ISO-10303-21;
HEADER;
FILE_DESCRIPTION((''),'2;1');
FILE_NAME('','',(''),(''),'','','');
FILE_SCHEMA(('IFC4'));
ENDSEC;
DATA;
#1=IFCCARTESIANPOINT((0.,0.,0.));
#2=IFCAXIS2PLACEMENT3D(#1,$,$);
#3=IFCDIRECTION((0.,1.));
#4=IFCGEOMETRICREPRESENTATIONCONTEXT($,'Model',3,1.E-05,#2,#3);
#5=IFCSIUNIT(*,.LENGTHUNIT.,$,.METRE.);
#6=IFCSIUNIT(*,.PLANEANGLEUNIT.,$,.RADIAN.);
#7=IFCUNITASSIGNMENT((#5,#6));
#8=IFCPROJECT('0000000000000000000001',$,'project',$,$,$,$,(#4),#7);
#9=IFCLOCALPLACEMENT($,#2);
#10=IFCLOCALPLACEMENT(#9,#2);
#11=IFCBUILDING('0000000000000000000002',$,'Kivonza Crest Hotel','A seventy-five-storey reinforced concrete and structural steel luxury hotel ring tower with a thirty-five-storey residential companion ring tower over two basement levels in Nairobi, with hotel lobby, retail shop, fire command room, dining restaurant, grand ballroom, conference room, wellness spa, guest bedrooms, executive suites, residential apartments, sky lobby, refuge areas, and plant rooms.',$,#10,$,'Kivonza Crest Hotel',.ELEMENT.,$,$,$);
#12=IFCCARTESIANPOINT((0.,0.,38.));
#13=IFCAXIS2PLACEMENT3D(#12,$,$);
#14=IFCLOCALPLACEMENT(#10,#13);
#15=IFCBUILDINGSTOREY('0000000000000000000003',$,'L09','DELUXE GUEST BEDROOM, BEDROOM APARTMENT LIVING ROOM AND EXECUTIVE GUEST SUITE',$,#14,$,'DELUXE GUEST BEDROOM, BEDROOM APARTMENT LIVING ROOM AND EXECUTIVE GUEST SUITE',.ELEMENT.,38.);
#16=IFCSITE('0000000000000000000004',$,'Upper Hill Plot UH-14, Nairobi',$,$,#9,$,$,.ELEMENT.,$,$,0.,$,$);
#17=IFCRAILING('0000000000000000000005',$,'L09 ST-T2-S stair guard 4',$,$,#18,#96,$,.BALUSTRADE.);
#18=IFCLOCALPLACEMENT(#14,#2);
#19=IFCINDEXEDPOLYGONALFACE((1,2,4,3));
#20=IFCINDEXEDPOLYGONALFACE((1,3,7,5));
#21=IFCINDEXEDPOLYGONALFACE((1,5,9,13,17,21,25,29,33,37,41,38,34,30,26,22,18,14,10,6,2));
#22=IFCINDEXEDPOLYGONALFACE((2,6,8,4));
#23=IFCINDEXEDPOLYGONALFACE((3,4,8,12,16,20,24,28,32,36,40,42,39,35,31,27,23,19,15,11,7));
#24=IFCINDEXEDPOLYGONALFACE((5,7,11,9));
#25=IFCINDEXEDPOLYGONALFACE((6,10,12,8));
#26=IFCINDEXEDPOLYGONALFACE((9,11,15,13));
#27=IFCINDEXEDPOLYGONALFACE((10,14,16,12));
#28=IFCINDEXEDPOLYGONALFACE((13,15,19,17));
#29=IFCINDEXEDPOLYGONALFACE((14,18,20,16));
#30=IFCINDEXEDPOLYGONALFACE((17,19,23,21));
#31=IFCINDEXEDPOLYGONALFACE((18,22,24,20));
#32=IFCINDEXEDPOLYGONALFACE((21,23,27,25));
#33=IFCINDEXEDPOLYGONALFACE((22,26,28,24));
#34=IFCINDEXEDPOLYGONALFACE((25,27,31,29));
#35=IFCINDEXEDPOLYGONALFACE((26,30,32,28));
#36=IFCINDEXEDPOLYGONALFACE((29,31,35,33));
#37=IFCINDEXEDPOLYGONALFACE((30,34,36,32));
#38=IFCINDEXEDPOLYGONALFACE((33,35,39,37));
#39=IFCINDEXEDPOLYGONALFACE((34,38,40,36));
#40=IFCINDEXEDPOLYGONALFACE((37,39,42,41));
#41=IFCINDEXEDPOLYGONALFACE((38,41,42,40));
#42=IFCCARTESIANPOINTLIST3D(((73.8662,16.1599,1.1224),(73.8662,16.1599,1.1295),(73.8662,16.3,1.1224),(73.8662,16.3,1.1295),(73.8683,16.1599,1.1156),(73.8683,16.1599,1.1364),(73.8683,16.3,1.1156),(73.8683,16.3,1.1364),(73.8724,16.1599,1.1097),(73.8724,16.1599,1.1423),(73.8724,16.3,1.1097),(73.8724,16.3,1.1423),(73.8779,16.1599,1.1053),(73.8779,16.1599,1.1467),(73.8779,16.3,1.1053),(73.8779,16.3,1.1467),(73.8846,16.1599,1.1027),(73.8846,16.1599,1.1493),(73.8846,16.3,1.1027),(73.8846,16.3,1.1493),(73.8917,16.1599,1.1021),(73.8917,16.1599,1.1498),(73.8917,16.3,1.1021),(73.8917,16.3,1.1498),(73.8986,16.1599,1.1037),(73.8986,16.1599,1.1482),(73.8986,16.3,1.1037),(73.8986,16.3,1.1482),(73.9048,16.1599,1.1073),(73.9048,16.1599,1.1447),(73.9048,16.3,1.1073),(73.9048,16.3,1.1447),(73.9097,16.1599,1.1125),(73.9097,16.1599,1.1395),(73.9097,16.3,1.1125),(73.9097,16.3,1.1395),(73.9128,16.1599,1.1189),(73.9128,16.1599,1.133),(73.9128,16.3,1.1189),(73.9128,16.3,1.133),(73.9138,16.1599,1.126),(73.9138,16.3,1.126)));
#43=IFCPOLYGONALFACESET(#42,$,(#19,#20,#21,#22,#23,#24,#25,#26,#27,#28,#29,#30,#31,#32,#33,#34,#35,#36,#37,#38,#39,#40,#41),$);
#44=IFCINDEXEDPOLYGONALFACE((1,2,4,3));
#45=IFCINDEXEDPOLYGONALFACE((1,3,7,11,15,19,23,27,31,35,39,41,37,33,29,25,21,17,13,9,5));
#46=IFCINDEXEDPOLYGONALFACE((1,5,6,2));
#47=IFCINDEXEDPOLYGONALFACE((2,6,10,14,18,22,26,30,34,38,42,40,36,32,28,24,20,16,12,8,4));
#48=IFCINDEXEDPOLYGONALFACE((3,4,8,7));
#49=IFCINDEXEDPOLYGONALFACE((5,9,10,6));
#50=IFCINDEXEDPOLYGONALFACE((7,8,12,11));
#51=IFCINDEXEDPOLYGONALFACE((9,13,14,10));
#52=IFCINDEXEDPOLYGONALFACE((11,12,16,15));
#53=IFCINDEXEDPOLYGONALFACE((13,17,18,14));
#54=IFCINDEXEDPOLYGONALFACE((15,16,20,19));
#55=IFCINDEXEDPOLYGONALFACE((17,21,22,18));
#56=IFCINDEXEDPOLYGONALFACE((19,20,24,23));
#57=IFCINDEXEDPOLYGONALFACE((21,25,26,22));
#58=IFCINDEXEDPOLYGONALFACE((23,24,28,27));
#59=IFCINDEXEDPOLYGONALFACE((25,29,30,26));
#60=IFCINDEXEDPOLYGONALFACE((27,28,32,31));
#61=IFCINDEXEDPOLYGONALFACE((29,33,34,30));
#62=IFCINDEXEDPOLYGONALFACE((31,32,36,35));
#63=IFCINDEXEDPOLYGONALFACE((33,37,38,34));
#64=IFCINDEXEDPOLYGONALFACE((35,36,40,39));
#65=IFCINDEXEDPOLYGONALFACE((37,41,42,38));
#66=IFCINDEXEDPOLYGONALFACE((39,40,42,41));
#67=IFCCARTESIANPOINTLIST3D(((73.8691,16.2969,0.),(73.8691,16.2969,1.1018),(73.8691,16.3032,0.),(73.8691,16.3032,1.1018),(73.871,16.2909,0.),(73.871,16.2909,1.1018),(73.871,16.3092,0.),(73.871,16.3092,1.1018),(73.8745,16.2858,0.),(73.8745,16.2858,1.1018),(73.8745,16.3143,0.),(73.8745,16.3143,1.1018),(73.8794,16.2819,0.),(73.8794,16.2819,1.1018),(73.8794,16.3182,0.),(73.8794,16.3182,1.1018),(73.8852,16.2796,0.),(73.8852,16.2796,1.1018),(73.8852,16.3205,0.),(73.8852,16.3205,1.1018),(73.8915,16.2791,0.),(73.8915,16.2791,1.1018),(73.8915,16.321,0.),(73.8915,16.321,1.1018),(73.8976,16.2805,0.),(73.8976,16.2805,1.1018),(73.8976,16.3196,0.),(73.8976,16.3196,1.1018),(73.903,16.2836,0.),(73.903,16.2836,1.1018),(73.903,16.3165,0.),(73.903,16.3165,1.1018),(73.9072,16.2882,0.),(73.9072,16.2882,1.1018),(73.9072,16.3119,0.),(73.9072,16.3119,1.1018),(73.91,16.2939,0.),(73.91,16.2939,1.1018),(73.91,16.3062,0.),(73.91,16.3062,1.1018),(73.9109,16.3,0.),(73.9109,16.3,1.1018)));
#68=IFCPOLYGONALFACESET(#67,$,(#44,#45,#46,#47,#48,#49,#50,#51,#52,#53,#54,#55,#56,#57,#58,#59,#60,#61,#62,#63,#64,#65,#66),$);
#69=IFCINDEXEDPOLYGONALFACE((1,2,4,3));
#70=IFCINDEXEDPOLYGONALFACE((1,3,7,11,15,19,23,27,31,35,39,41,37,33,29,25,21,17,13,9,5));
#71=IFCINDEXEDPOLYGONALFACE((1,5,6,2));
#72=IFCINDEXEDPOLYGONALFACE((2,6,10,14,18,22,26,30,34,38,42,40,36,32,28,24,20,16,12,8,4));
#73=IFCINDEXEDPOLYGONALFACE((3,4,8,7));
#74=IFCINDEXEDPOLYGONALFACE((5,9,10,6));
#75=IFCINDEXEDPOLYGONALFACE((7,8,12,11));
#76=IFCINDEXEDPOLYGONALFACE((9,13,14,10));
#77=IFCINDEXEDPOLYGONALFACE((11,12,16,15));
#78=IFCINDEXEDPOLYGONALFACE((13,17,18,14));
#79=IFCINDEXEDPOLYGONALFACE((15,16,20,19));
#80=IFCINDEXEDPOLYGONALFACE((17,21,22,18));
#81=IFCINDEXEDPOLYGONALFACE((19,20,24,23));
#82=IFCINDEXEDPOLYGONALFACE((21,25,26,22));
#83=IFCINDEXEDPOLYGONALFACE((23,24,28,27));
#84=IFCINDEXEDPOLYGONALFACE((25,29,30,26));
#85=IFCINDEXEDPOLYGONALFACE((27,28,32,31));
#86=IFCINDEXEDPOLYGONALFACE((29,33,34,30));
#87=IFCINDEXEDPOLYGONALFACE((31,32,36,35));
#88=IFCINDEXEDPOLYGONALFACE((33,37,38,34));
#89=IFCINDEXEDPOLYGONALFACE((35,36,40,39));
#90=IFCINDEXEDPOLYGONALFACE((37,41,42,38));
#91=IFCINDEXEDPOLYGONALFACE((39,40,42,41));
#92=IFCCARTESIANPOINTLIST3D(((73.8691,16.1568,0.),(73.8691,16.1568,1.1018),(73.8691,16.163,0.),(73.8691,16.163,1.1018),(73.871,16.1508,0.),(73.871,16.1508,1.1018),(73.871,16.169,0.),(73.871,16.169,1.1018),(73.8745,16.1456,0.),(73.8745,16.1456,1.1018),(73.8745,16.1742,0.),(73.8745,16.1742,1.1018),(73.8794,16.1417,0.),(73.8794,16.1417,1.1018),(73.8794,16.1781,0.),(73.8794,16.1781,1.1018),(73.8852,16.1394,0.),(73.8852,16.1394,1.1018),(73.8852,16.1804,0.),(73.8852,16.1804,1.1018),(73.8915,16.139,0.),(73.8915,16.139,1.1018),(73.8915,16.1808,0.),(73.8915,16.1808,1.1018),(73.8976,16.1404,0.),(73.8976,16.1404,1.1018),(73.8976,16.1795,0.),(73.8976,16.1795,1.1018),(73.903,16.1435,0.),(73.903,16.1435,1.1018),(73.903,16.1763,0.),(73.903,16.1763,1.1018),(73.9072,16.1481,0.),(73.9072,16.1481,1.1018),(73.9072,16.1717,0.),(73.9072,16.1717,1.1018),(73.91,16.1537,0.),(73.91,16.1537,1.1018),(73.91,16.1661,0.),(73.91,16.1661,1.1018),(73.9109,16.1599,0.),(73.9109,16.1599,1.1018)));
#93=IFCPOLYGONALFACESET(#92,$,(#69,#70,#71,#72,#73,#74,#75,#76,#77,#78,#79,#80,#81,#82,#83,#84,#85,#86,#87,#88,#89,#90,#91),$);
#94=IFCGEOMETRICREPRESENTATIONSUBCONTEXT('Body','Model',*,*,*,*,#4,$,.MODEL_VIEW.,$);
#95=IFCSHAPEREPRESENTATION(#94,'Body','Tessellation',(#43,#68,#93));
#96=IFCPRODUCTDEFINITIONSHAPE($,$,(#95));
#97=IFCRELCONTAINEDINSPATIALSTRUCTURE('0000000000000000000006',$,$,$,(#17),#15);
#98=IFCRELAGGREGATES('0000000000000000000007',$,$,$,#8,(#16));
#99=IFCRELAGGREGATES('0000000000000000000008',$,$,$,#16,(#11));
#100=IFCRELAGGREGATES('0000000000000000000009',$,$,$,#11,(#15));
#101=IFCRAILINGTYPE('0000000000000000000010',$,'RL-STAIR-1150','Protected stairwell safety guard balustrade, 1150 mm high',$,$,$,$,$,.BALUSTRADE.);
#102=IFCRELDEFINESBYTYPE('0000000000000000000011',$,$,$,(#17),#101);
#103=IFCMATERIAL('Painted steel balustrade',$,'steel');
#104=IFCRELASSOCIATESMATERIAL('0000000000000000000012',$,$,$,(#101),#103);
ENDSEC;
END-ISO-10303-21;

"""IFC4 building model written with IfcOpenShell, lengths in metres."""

from ifc_helpers import new_model, si_unit, direction, frame, origin, origin_2d, place, context, subcontext, project, spatial, circle, extrude, material, type_object, element, save


model = new_model("IFC4")

# Units and contexts
model_context = context("Model", 3, precision=1e-05, world=origin(), true_north=direction((0.0, 1.0)))
body_context = subcontext(model_context, "Body", "Model", "MODEL_VIEW")
ifc_project = project(units=[si_unit("LENGTHUNIT", "METRE"), si_unit("PLANEANGLEUNIT", "RADIAN")], contexts=[model_context])

# Site, building, storey
site_placement = place(None, origin())
site = spatial("IfcSite", under=ifc_project, at=site_placement, Name="Upper Hill Plot UH-14, Nairobi", CompositionType="ELEMENT", RefElevation=0.0)
building_placement = place(site_placement, origin())
building = spatial("IfcBuilding", under=site, at=building_placement, Name="Kivonza Crest Hotel", Description="A seventy-five-storey reinforced concrete and structural steel luxury hotel ring tower with a thirty-five-storey residential companion ring tower over two basement levels in Nairobi, with hotel lobby, retail shop, fire command room, dining restaurant, grand ballroom, conference room, wellness spa, guest bedrooms, executive suites, residential apartments, sky lobby, refuge areas, and plant rooms.", LongName="Kivonza Crest Hotel", CompositionType="ELEMENT")
storey_placement = place(building_placement, frame((0.0, 0.0, 38.0)))
storey = spatial("IfcBuildingStorey", under=building, at=storey_placement, Name="L09", Description="DELUXE GUEST BEDROOM, BEDROOM APARTMENT LIVING ROOM AND EXECUTIVE GUEST SUITE", LongName="DELUXE GUEST BEDROOM, BEDROOM APARTMENT LIVING ROOM AND EXECUTIVE GUEST SUITE", CompositionType="ELEMENT", Elevation=38.0)

# Railing
ifc_material_1 = material(Name="Painted steel balustrade", Category="steel")
railing_type_1 = type_object("IfcRailingType", Name="RL-STAIR-1150", Description="Protected stairwell safety guard balustrade, 1150 mm high", PredefinedType="BALUSTRADE", material=ifc_material_1)
railing_1_placement = place(storey_placement, frame((73.8899, 16.3, 0.0)))
element("IfcRailing", 1, at=railing_1_placement, inside=storey, type_object=railing_type_1, Name="L09 ST-T2-S stair guard 4", PredefinedType="BALUSTRADE", context=body_context, shape_type="SweptSolid", body=[
    extrude(circle(Radius=0.0239, at=origin_2d()), frame((0.0, 0.0, 1.126), z_axis=(0.0, -1.0, 0.0), x_axis=(1.0, 0.0, 0.0)), (0.0, 0.0, 1.0), 0.1401),
    extrude(circle(Radius=0.021, at=origin_2d()), origin(), (0.0, 0.0, 1.0), 1.1018),
    extrude(circle(Radius=0.021, at=origin_2d()), frame((0.0, -0.1401, 0.0)), (0.0, 0.0, 1.0), 1.1018),
])

save(model, "model.ifc")
